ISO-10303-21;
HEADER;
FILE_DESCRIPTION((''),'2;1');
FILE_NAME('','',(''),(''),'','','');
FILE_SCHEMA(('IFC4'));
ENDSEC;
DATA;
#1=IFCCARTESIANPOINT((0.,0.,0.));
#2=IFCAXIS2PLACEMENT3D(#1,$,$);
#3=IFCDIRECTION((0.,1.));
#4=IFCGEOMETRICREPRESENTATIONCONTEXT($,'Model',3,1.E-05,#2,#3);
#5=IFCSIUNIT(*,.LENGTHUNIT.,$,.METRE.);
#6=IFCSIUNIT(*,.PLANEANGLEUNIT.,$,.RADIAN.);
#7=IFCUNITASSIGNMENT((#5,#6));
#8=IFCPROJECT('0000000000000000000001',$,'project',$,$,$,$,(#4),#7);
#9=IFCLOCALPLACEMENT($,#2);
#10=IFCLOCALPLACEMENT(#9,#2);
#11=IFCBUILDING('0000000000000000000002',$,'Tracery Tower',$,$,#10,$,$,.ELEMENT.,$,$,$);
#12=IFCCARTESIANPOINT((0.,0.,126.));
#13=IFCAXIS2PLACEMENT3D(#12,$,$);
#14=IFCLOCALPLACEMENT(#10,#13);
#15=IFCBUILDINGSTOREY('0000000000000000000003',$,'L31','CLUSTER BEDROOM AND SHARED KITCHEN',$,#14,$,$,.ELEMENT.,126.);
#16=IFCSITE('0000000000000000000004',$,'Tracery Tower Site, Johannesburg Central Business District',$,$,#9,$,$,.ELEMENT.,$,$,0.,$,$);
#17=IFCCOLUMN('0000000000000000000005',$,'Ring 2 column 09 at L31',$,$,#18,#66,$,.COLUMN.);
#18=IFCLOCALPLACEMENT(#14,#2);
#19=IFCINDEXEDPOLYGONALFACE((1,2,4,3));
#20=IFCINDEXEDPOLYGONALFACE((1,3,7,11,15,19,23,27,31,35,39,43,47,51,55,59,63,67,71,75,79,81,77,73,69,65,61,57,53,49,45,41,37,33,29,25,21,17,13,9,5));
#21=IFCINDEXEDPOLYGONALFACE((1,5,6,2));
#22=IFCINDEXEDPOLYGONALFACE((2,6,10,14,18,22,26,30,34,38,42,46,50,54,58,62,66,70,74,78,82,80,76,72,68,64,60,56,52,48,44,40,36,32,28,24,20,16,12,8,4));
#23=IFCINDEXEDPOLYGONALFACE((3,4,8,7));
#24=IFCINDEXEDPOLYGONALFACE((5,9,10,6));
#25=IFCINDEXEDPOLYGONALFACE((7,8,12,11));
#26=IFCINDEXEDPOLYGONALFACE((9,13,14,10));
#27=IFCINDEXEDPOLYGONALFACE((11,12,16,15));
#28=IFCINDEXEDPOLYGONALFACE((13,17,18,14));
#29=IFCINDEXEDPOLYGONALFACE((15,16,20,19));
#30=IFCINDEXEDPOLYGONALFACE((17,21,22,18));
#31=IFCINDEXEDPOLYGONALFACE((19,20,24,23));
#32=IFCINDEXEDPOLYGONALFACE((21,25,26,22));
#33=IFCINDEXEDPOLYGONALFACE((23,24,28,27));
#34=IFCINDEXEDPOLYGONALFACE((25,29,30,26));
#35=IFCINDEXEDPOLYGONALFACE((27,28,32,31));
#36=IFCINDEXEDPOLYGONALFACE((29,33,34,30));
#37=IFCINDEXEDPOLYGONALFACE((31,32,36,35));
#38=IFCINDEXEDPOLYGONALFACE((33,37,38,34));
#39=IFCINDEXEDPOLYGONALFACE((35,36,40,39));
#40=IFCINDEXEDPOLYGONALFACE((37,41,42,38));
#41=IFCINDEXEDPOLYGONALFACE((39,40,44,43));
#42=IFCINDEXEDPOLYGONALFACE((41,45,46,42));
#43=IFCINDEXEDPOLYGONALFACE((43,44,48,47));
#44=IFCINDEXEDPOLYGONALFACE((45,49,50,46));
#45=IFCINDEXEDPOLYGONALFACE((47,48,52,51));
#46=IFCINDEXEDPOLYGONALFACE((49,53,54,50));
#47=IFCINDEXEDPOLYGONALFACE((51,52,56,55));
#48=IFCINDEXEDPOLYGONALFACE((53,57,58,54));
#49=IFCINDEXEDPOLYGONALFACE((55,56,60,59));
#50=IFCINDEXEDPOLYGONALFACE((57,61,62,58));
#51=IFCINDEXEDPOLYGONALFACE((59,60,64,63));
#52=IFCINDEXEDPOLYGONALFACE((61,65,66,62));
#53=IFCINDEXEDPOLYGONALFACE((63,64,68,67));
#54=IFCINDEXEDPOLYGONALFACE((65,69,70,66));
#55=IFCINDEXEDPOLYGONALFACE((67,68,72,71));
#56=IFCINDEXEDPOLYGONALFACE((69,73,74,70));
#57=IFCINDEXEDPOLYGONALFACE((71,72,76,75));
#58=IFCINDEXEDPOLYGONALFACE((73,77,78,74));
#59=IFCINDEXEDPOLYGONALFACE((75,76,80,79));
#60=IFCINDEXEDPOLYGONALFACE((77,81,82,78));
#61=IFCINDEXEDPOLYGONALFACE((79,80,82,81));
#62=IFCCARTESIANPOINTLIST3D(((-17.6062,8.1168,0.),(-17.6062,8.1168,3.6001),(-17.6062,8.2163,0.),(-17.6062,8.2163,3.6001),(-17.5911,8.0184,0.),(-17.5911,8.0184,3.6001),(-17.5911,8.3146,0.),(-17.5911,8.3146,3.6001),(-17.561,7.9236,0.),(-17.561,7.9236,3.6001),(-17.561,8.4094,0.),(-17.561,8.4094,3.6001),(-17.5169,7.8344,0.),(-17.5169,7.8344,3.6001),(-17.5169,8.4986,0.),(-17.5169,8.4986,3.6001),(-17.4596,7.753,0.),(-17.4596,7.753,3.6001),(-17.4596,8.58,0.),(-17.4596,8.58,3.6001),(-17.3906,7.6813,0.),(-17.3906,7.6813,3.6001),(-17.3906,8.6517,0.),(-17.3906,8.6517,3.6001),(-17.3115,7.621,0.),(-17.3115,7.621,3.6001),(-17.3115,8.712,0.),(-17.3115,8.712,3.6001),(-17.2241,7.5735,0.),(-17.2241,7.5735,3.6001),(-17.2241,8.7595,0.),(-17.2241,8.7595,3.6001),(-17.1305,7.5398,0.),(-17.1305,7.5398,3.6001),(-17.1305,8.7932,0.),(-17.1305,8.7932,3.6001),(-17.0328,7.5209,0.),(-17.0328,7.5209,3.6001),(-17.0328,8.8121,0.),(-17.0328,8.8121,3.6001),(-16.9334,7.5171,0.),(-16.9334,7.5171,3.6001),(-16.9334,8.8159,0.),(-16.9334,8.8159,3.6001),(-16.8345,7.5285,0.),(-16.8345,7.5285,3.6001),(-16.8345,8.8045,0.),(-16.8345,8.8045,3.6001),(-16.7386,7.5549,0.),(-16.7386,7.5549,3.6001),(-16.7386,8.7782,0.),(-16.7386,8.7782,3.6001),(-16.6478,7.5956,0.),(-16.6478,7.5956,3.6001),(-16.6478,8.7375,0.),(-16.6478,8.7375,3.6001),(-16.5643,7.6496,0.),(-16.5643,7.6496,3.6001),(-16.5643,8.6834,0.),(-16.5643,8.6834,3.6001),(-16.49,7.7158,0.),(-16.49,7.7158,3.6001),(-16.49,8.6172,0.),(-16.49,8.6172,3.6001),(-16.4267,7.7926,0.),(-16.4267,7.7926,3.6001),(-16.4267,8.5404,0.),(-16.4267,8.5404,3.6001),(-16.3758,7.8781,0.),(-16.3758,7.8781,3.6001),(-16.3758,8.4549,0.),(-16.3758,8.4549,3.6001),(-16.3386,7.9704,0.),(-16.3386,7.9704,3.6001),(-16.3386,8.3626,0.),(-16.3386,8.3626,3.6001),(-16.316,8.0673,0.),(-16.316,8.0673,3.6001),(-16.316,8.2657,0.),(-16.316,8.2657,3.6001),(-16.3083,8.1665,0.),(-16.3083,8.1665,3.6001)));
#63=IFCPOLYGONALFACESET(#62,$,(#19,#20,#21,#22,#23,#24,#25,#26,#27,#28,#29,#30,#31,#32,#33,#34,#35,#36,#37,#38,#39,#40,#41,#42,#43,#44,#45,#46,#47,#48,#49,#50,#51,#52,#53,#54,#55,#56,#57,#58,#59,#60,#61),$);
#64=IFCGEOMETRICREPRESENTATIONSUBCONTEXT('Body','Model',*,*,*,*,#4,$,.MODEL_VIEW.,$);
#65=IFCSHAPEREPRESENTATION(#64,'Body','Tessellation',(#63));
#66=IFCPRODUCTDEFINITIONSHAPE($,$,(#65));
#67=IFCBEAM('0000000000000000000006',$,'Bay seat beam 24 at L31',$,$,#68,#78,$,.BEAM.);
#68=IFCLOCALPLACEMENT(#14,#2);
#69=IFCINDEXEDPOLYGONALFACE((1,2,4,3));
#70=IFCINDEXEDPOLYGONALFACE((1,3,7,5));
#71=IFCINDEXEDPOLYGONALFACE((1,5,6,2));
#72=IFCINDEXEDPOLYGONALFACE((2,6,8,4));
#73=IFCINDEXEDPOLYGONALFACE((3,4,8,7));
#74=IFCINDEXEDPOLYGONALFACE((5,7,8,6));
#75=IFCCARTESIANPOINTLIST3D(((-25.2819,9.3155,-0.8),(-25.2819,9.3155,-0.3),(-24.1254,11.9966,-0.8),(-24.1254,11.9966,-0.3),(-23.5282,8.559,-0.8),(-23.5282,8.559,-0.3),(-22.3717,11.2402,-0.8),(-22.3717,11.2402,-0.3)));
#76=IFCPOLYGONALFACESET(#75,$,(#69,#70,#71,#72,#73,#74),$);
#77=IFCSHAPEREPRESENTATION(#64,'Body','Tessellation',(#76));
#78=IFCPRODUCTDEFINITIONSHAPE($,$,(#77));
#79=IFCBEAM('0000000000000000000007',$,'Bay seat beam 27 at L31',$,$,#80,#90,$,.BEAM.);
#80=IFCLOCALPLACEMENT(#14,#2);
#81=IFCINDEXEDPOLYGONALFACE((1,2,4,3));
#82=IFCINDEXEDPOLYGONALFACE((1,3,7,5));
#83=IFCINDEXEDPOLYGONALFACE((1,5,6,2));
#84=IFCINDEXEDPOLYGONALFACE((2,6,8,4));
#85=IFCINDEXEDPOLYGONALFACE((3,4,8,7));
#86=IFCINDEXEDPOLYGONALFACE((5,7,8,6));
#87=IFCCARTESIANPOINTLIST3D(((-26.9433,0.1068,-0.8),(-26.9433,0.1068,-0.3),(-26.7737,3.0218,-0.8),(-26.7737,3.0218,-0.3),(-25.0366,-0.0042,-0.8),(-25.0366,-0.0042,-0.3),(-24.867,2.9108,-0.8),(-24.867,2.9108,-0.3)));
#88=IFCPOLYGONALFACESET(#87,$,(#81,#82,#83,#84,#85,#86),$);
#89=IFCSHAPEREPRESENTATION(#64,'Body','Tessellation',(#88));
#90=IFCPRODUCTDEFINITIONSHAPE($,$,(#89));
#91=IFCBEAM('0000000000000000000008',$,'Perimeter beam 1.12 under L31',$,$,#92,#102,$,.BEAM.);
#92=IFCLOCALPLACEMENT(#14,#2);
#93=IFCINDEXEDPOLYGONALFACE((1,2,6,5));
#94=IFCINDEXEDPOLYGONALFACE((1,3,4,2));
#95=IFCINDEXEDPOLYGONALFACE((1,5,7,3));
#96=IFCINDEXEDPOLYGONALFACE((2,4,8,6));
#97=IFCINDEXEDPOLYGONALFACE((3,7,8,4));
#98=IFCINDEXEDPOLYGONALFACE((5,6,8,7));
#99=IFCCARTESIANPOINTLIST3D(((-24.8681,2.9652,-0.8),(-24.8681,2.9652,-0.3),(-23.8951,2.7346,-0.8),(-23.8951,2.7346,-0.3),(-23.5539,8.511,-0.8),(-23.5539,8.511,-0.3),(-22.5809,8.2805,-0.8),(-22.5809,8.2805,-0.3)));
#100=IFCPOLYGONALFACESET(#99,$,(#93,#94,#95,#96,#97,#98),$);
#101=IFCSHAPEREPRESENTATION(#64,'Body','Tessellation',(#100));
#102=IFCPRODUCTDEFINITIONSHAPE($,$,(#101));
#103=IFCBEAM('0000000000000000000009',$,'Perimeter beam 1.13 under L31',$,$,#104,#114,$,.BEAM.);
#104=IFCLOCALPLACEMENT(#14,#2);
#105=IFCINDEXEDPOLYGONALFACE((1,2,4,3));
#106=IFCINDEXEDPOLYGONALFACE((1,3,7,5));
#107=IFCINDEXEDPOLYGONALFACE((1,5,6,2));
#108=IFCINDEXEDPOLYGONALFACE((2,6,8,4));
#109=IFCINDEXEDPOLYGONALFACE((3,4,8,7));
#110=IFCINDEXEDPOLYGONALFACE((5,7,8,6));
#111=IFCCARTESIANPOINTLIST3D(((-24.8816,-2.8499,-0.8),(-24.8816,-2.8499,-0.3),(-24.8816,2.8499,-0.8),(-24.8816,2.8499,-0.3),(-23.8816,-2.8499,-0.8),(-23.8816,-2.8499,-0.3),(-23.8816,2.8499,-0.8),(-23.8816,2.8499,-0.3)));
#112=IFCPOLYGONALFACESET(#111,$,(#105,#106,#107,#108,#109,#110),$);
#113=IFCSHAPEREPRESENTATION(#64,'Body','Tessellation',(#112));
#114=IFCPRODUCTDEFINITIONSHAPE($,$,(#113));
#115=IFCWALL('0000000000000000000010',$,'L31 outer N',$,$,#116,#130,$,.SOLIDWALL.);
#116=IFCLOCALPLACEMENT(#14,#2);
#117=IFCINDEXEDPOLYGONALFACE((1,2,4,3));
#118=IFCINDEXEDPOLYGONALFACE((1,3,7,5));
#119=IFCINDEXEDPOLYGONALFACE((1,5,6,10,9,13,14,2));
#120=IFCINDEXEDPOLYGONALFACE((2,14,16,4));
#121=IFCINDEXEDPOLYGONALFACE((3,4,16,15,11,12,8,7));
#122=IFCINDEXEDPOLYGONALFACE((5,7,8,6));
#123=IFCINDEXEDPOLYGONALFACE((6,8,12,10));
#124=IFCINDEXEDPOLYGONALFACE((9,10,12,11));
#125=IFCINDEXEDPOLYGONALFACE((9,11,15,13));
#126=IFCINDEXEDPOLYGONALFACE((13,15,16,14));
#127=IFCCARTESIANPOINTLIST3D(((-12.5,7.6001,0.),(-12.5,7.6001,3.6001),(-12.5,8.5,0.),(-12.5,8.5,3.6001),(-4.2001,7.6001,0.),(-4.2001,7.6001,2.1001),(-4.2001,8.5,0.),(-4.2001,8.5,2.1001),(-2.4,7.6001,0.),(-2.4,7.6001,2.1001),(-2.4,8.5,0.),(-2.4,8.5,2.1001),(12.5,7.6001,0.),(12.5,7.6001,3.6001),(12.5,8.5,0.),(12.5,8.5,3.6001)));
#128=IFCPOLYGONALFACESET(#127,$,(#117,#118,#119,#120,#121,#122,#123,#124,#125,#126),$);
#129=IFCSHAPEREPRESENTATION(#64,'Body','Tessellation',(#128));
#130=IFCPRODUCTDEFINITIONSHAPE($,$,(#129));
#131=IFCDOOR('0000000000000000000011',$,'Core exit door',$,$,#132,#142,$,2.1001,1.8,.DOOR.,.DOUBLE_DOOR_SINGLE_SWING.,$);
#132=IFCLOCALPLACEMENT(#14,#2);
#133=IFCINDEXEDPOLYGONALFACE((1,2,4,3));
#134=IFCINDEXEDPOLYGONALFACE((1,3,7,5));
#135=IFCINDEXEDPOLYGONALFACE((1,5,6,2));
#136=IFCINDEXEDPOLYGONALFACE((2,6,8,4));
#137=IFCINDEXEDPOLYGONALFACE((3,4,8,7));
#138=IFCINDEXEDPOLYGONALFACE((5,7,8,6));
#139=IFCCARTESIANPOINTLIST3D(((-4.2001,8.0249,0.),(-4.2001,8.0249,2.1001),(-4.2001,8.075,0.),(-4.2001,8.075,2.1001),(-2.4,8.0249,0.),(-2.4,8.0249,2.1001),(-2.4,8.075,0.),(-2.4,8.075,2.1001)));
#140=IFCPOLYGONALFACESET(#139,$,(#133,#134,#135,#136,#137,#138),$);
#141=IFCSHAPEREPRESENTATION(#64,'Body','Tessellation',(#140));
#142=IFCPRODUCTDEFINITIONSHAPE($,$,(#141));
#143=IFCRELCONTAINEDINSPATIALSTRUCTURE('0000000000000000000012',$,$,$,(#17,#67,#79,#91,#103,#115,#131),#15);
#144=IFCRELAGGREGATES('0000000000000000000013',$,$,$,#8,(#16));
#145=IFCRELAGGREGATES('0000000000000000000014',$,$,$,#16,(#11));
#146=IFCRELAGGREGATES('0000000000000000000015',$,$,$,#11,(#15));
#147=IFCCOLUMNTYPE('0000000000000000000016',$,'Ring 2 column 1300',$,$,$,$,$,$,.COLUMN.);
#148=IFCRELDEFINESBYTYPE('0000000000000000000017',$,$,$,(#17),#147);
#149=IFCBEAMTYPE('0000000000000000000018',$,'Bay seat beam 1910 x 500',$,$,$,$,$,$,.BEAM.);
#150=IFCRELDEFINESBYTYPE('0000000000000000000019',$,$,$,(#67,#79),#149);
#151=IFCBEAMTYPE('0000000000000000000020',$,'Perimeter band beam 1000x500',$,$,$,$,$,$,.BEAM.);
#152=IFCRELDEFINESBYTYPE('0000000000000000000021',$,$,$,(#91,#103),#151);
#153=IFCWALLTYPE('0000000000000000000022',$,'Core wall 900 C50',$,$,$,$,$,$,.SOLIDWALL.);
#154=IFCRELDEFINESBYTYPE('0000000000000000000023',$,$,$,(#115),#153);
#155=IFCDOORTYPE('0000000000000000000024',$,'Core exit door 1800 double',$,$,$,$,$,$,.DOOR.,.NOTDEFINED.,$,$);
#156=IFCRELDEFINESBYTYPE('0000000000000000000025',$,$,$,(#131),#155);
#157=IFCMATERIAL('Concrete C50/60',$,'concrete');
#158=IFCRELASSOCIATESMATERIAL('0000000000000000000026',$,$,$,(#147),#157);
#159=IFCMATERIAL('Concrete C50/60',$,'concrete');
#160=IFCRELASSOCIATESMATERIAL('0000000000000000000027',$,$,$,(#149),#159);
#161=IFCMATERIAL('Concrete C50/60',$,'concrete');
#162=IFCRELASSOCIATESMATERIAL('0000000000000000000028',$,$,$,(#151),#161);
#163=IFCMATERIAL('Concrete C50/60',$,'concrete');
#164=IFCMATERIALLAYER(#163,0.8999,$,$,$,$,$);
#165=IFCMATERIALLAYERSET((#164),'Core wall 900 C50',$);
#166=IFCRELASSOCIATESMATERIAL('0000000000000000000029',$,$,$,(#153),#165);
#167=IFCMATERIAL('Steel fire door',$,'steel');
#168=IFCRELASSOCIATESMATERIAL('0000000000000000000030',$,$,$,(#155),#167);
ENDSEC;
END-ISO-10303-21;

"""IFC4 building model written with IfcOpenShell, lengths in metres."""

from ifc_helpers import new_model, si_unit, direction, frame, frame_2d, origin, origin_2d, place, context, subcontext, project, spatial, rectangle, circle, extrude, material, layer, layer_set, material_profile, profile_set, type_object, element, fill, save


model = new_model("IFC4")

# Units and contexts
model_context = context("Model", 3, precision=1e-05, world=origin(), true_north=direction((0.0, 1.0)))
body_context = subcontext(model_context, "Body", "Model", "MODEL_VIEW")
ifc_project = project(units=[si_unit("LENGTHUNIT", "METRE"), si_unit("PLANEANGLEUNIT", "RADIAN")], contexts=[model_context])

# Site, building, storey
site_placement = place(None, origin())
site = spatial("IfcSite", under=ifc_project, at=site_placement, Name="Tracery Tower Site, Johannesburg Central Business District", CompositionType="ELEMENT", RefElevation=0.0)
building_placement = place(site_placement, origin())
building = spatial("IfcBuilding", under=site, at=building_placement, Name="Tracery Tower", CompositionType="ELEMENT")
storey_placement = place(building_placement, frame((0.0, 0.0, 126.0)))
storey = spatial("IfcBuildingStorey", under=building, at=storey_placement, Name="L31", Description="CLUSTER BEDROOM AND SHARED KITCHEN", CompositionType="ELEMENT", Elevation=126.0)

# Column
ifc_material_1 = material(Name="Concrete C50/60", Category="concrete")
ifc_material_profile_1 = material_profile(ifc_material_1, circle(Radius=0.6499, at=origin_2d()), Name="RC D1300")
ifc_profile_set_1 = profile_set([ifc_material_profile_1], Name="Concrete C50/60")
column_type_1 = type_object("IfcColumnType", Name="Ring 2 column 1300", PredefinedType="COLUMN", material=ifc_profile_set_1)
for number, where, z_axis, x_axis, name in (
    (1, (-16.9583, 8.1665, 0.0), (0.0, 0.0, 1.0), (1.0, 0.0, 0.0), "Ring 2 column 09 at L31"),
):
    element("IfcColumn", number, at=place(storey_placement, frame(where, z_axis=z_axis, x_axis=x_axis)), inside=storey, type_object=column_type_1, Name=name, PredefinedType="COLUMN", context=body_context, shape_type="SweptSolid", body=[
        extrude(circle(Radius=0.6499, at=origin_2d()), origin(), (0.0, 0.0, 1.0), 3.6001),
    ])

# Beams
ifc_material_2 = material(Name="Concrete C50/60", Category="concrete")
ifc_material_profile_2 = material_profile(ifc_material_2, rectangle(XDim=1.9099, YDim=0.5, at=origin_2d()), Name="RC 1910x500")
ifc_profile_set_2 = profile_set([ifc_material_profile_2], Name="Concrete C50/60")
beam_type_1 = type_object("IfcBeamType", Name="Bay seat beam 1910 x 500", PredefinedType="BEAM", material=ifc_profile_set_2)
for number, where, z_axis, x_axis, name in (
    (2, (-23.2485, 11.6184, -0.55), (-0.396068, -0.918221, 0.0), (0.918221, -0.396068, 0.0), "Bay seat beam 24 at L31"),
    (3, (-25.8203, 2.9663, -0.55), (-0.058109, -0.99831, 0.0), (0.99831, -0.058109, 0.0), "Bay seat beam 27 at L31"),
):
    element("IfcBeam", number, at=place(storey_placement, frame(where, z_axis=z_axis, x_axis=x_axis)), inside=storey, type_object=beam_type_1, Name=name, PredefinedType="BEAM", context=body_context, shape_type="SweptSolid", body=[
        extrude(rectangle(XDim=1.9099, YDim=0.5, at=origin_2d()), origin(), (0.0, 0.0, 1.0), 2.9199),
    ])
ifc_material_3 = material(Name="Concrete C50/60", Category="concrete")
ifc_material_profile_3 = material_profile(ifc_material_3, rectangle(XDim=1.0, YDim=0.5, at=origin_2d()), Name="RC 1000x500")
ifc_profile_set_3 = profile_set([ifc_material_profile_3], Name="Concrete C50/60")
beam_type_2 = type_object("IfcBeamType", Name="Perimeter band beam 1000x500", PredefinedType="BEAM", material=ifc_profile_set_3)
beam_1_placement = place(storey_placement, frame((-23.0674, 8.3958, -0.55), z_axis=(-0.230584, -0.973052, 0.0), x_axis=(0.973052, -0.230584, 0.0)))
element("IfcBeam", 4, at=beam_1_placement, inside=storey, type_object=beam_type_2, Name="Perimeter beam 1.12 under L31", PredefinedType="BEAM", context=body_context, shape_type="SweptSolid", body=[
    extrude(rectangle(XDim=1.0, YDim=0.5, at=origin_2d()), origin(), (0.0, 0.0, 1.0), 5.6995),
])
beam_2_placement = place(storey_placement, frame((-24.3816, 2.8499, -0.55), z_axis=(0.0, -1.0, 0.0), x_axis=(1.0, 0.0, 0.0)))
element("IfcBeam", 5, at=beam_2_placement, inside=storey, type_object=beam_type_2, Name="Perimeter beam 1.13 under L31", PredefinedType="BEAM", context=body_context, shape_type="SweptSolid", body=[
    extrude(rectangle(XDim=1.0, YDim=0.5, at=origin_2d()), origin(), (0.0, 0.0, 1.0), 5.6997),
])

# Wall, opening, door
ifc_material_4 = material(Name="Concrete C50/60", Category="concrete")
ifc_layer_1 = layer(ifc_material_4, 0.8999)
ifc_layer_set_1 = layer_set([ifc_layer_1], Name="Core wall 900 C50")
wall_type_1 = type_object("IfcWallType", Name="Core wall 900 C50", PredefinedType="SOLIDWALL", material=ifc_layer_set_1)
wall_1_placement = place(storey_placement, frame((-12.5, 8.05, 0.0), z_axis=(0.0, 0.0, 1.0), x_axis=(1.0, 0.0, 0.0)))
wall_1 = element("IfcWall", 6, at=wall_1_placement, inside=storey, type_object=wall_type_1, Name="L31 outer N", PredefinedType="SOLIDWALL", context=body_context, shape_type="SweptSolid", body=[
    extrude(rectangle(XDim=25.0, YDim=0.8999, at=frame_2d((12.5, 0.0))), origin(), (0.0, 0.0, 1.0), 3.6001),
])
opening_1_placement = place(wall_1_placement, frame((8.3, 0.0, 0.0)))
opening_1 = element("IfcOpeningElement", 7, at=opening_1_placement, cuts=wall_1, PredefinedType="OPENING", context=body_context, shape_type="SweptSolid", body=[
    extrude(rectangle(XDim=1.8, YDim=2.1001, at=frame_2d((0.8999, 1.05))), frame((0.0, 0.45, 0.0), z_axis=(0.0, -1.0, 0.0), x_axis=(1.0, 0.0, 0.0)), (0.0, 0.0, 1.0), 0.8999),
])
ifc_material_5 = material(Name="Steel fire door", Category="steel")
door_type_1 = type_object("IfcDoorType", Name="Core exit door 1800 double", OperationType="NOTDEFINED", PredefinedType="DOOR", material=ifc_material_5)
door_1_placement = place(opening_1_placement, origin())
door_1 = element("IfcDoor", 8, at=door_1_placement, inside=storey, type_object=door_type_1, Name="Core exit door", OperationType="DOUBLE_DOOR_SINGLE_SWING", OverallHeight=2.1001, OverallWidth=1.8, PredefinedType="DOOR", context=body_context, shape_type="SweptSolid", body=[
    extrude(rectangle(XDim=1.8, YDim=2.1001, at=frame_2d((0.8999, 1.05))), frame((0.0, 0.0249, 0.0), z_axis=(0.0, -1.0, 0.0), x_axis=(1.0, 0.0, 0.0)), (0.0, 0.0, 1.0), 0.05),
])
fill(opening_1, door_1)

save(model, "model.ifc")
